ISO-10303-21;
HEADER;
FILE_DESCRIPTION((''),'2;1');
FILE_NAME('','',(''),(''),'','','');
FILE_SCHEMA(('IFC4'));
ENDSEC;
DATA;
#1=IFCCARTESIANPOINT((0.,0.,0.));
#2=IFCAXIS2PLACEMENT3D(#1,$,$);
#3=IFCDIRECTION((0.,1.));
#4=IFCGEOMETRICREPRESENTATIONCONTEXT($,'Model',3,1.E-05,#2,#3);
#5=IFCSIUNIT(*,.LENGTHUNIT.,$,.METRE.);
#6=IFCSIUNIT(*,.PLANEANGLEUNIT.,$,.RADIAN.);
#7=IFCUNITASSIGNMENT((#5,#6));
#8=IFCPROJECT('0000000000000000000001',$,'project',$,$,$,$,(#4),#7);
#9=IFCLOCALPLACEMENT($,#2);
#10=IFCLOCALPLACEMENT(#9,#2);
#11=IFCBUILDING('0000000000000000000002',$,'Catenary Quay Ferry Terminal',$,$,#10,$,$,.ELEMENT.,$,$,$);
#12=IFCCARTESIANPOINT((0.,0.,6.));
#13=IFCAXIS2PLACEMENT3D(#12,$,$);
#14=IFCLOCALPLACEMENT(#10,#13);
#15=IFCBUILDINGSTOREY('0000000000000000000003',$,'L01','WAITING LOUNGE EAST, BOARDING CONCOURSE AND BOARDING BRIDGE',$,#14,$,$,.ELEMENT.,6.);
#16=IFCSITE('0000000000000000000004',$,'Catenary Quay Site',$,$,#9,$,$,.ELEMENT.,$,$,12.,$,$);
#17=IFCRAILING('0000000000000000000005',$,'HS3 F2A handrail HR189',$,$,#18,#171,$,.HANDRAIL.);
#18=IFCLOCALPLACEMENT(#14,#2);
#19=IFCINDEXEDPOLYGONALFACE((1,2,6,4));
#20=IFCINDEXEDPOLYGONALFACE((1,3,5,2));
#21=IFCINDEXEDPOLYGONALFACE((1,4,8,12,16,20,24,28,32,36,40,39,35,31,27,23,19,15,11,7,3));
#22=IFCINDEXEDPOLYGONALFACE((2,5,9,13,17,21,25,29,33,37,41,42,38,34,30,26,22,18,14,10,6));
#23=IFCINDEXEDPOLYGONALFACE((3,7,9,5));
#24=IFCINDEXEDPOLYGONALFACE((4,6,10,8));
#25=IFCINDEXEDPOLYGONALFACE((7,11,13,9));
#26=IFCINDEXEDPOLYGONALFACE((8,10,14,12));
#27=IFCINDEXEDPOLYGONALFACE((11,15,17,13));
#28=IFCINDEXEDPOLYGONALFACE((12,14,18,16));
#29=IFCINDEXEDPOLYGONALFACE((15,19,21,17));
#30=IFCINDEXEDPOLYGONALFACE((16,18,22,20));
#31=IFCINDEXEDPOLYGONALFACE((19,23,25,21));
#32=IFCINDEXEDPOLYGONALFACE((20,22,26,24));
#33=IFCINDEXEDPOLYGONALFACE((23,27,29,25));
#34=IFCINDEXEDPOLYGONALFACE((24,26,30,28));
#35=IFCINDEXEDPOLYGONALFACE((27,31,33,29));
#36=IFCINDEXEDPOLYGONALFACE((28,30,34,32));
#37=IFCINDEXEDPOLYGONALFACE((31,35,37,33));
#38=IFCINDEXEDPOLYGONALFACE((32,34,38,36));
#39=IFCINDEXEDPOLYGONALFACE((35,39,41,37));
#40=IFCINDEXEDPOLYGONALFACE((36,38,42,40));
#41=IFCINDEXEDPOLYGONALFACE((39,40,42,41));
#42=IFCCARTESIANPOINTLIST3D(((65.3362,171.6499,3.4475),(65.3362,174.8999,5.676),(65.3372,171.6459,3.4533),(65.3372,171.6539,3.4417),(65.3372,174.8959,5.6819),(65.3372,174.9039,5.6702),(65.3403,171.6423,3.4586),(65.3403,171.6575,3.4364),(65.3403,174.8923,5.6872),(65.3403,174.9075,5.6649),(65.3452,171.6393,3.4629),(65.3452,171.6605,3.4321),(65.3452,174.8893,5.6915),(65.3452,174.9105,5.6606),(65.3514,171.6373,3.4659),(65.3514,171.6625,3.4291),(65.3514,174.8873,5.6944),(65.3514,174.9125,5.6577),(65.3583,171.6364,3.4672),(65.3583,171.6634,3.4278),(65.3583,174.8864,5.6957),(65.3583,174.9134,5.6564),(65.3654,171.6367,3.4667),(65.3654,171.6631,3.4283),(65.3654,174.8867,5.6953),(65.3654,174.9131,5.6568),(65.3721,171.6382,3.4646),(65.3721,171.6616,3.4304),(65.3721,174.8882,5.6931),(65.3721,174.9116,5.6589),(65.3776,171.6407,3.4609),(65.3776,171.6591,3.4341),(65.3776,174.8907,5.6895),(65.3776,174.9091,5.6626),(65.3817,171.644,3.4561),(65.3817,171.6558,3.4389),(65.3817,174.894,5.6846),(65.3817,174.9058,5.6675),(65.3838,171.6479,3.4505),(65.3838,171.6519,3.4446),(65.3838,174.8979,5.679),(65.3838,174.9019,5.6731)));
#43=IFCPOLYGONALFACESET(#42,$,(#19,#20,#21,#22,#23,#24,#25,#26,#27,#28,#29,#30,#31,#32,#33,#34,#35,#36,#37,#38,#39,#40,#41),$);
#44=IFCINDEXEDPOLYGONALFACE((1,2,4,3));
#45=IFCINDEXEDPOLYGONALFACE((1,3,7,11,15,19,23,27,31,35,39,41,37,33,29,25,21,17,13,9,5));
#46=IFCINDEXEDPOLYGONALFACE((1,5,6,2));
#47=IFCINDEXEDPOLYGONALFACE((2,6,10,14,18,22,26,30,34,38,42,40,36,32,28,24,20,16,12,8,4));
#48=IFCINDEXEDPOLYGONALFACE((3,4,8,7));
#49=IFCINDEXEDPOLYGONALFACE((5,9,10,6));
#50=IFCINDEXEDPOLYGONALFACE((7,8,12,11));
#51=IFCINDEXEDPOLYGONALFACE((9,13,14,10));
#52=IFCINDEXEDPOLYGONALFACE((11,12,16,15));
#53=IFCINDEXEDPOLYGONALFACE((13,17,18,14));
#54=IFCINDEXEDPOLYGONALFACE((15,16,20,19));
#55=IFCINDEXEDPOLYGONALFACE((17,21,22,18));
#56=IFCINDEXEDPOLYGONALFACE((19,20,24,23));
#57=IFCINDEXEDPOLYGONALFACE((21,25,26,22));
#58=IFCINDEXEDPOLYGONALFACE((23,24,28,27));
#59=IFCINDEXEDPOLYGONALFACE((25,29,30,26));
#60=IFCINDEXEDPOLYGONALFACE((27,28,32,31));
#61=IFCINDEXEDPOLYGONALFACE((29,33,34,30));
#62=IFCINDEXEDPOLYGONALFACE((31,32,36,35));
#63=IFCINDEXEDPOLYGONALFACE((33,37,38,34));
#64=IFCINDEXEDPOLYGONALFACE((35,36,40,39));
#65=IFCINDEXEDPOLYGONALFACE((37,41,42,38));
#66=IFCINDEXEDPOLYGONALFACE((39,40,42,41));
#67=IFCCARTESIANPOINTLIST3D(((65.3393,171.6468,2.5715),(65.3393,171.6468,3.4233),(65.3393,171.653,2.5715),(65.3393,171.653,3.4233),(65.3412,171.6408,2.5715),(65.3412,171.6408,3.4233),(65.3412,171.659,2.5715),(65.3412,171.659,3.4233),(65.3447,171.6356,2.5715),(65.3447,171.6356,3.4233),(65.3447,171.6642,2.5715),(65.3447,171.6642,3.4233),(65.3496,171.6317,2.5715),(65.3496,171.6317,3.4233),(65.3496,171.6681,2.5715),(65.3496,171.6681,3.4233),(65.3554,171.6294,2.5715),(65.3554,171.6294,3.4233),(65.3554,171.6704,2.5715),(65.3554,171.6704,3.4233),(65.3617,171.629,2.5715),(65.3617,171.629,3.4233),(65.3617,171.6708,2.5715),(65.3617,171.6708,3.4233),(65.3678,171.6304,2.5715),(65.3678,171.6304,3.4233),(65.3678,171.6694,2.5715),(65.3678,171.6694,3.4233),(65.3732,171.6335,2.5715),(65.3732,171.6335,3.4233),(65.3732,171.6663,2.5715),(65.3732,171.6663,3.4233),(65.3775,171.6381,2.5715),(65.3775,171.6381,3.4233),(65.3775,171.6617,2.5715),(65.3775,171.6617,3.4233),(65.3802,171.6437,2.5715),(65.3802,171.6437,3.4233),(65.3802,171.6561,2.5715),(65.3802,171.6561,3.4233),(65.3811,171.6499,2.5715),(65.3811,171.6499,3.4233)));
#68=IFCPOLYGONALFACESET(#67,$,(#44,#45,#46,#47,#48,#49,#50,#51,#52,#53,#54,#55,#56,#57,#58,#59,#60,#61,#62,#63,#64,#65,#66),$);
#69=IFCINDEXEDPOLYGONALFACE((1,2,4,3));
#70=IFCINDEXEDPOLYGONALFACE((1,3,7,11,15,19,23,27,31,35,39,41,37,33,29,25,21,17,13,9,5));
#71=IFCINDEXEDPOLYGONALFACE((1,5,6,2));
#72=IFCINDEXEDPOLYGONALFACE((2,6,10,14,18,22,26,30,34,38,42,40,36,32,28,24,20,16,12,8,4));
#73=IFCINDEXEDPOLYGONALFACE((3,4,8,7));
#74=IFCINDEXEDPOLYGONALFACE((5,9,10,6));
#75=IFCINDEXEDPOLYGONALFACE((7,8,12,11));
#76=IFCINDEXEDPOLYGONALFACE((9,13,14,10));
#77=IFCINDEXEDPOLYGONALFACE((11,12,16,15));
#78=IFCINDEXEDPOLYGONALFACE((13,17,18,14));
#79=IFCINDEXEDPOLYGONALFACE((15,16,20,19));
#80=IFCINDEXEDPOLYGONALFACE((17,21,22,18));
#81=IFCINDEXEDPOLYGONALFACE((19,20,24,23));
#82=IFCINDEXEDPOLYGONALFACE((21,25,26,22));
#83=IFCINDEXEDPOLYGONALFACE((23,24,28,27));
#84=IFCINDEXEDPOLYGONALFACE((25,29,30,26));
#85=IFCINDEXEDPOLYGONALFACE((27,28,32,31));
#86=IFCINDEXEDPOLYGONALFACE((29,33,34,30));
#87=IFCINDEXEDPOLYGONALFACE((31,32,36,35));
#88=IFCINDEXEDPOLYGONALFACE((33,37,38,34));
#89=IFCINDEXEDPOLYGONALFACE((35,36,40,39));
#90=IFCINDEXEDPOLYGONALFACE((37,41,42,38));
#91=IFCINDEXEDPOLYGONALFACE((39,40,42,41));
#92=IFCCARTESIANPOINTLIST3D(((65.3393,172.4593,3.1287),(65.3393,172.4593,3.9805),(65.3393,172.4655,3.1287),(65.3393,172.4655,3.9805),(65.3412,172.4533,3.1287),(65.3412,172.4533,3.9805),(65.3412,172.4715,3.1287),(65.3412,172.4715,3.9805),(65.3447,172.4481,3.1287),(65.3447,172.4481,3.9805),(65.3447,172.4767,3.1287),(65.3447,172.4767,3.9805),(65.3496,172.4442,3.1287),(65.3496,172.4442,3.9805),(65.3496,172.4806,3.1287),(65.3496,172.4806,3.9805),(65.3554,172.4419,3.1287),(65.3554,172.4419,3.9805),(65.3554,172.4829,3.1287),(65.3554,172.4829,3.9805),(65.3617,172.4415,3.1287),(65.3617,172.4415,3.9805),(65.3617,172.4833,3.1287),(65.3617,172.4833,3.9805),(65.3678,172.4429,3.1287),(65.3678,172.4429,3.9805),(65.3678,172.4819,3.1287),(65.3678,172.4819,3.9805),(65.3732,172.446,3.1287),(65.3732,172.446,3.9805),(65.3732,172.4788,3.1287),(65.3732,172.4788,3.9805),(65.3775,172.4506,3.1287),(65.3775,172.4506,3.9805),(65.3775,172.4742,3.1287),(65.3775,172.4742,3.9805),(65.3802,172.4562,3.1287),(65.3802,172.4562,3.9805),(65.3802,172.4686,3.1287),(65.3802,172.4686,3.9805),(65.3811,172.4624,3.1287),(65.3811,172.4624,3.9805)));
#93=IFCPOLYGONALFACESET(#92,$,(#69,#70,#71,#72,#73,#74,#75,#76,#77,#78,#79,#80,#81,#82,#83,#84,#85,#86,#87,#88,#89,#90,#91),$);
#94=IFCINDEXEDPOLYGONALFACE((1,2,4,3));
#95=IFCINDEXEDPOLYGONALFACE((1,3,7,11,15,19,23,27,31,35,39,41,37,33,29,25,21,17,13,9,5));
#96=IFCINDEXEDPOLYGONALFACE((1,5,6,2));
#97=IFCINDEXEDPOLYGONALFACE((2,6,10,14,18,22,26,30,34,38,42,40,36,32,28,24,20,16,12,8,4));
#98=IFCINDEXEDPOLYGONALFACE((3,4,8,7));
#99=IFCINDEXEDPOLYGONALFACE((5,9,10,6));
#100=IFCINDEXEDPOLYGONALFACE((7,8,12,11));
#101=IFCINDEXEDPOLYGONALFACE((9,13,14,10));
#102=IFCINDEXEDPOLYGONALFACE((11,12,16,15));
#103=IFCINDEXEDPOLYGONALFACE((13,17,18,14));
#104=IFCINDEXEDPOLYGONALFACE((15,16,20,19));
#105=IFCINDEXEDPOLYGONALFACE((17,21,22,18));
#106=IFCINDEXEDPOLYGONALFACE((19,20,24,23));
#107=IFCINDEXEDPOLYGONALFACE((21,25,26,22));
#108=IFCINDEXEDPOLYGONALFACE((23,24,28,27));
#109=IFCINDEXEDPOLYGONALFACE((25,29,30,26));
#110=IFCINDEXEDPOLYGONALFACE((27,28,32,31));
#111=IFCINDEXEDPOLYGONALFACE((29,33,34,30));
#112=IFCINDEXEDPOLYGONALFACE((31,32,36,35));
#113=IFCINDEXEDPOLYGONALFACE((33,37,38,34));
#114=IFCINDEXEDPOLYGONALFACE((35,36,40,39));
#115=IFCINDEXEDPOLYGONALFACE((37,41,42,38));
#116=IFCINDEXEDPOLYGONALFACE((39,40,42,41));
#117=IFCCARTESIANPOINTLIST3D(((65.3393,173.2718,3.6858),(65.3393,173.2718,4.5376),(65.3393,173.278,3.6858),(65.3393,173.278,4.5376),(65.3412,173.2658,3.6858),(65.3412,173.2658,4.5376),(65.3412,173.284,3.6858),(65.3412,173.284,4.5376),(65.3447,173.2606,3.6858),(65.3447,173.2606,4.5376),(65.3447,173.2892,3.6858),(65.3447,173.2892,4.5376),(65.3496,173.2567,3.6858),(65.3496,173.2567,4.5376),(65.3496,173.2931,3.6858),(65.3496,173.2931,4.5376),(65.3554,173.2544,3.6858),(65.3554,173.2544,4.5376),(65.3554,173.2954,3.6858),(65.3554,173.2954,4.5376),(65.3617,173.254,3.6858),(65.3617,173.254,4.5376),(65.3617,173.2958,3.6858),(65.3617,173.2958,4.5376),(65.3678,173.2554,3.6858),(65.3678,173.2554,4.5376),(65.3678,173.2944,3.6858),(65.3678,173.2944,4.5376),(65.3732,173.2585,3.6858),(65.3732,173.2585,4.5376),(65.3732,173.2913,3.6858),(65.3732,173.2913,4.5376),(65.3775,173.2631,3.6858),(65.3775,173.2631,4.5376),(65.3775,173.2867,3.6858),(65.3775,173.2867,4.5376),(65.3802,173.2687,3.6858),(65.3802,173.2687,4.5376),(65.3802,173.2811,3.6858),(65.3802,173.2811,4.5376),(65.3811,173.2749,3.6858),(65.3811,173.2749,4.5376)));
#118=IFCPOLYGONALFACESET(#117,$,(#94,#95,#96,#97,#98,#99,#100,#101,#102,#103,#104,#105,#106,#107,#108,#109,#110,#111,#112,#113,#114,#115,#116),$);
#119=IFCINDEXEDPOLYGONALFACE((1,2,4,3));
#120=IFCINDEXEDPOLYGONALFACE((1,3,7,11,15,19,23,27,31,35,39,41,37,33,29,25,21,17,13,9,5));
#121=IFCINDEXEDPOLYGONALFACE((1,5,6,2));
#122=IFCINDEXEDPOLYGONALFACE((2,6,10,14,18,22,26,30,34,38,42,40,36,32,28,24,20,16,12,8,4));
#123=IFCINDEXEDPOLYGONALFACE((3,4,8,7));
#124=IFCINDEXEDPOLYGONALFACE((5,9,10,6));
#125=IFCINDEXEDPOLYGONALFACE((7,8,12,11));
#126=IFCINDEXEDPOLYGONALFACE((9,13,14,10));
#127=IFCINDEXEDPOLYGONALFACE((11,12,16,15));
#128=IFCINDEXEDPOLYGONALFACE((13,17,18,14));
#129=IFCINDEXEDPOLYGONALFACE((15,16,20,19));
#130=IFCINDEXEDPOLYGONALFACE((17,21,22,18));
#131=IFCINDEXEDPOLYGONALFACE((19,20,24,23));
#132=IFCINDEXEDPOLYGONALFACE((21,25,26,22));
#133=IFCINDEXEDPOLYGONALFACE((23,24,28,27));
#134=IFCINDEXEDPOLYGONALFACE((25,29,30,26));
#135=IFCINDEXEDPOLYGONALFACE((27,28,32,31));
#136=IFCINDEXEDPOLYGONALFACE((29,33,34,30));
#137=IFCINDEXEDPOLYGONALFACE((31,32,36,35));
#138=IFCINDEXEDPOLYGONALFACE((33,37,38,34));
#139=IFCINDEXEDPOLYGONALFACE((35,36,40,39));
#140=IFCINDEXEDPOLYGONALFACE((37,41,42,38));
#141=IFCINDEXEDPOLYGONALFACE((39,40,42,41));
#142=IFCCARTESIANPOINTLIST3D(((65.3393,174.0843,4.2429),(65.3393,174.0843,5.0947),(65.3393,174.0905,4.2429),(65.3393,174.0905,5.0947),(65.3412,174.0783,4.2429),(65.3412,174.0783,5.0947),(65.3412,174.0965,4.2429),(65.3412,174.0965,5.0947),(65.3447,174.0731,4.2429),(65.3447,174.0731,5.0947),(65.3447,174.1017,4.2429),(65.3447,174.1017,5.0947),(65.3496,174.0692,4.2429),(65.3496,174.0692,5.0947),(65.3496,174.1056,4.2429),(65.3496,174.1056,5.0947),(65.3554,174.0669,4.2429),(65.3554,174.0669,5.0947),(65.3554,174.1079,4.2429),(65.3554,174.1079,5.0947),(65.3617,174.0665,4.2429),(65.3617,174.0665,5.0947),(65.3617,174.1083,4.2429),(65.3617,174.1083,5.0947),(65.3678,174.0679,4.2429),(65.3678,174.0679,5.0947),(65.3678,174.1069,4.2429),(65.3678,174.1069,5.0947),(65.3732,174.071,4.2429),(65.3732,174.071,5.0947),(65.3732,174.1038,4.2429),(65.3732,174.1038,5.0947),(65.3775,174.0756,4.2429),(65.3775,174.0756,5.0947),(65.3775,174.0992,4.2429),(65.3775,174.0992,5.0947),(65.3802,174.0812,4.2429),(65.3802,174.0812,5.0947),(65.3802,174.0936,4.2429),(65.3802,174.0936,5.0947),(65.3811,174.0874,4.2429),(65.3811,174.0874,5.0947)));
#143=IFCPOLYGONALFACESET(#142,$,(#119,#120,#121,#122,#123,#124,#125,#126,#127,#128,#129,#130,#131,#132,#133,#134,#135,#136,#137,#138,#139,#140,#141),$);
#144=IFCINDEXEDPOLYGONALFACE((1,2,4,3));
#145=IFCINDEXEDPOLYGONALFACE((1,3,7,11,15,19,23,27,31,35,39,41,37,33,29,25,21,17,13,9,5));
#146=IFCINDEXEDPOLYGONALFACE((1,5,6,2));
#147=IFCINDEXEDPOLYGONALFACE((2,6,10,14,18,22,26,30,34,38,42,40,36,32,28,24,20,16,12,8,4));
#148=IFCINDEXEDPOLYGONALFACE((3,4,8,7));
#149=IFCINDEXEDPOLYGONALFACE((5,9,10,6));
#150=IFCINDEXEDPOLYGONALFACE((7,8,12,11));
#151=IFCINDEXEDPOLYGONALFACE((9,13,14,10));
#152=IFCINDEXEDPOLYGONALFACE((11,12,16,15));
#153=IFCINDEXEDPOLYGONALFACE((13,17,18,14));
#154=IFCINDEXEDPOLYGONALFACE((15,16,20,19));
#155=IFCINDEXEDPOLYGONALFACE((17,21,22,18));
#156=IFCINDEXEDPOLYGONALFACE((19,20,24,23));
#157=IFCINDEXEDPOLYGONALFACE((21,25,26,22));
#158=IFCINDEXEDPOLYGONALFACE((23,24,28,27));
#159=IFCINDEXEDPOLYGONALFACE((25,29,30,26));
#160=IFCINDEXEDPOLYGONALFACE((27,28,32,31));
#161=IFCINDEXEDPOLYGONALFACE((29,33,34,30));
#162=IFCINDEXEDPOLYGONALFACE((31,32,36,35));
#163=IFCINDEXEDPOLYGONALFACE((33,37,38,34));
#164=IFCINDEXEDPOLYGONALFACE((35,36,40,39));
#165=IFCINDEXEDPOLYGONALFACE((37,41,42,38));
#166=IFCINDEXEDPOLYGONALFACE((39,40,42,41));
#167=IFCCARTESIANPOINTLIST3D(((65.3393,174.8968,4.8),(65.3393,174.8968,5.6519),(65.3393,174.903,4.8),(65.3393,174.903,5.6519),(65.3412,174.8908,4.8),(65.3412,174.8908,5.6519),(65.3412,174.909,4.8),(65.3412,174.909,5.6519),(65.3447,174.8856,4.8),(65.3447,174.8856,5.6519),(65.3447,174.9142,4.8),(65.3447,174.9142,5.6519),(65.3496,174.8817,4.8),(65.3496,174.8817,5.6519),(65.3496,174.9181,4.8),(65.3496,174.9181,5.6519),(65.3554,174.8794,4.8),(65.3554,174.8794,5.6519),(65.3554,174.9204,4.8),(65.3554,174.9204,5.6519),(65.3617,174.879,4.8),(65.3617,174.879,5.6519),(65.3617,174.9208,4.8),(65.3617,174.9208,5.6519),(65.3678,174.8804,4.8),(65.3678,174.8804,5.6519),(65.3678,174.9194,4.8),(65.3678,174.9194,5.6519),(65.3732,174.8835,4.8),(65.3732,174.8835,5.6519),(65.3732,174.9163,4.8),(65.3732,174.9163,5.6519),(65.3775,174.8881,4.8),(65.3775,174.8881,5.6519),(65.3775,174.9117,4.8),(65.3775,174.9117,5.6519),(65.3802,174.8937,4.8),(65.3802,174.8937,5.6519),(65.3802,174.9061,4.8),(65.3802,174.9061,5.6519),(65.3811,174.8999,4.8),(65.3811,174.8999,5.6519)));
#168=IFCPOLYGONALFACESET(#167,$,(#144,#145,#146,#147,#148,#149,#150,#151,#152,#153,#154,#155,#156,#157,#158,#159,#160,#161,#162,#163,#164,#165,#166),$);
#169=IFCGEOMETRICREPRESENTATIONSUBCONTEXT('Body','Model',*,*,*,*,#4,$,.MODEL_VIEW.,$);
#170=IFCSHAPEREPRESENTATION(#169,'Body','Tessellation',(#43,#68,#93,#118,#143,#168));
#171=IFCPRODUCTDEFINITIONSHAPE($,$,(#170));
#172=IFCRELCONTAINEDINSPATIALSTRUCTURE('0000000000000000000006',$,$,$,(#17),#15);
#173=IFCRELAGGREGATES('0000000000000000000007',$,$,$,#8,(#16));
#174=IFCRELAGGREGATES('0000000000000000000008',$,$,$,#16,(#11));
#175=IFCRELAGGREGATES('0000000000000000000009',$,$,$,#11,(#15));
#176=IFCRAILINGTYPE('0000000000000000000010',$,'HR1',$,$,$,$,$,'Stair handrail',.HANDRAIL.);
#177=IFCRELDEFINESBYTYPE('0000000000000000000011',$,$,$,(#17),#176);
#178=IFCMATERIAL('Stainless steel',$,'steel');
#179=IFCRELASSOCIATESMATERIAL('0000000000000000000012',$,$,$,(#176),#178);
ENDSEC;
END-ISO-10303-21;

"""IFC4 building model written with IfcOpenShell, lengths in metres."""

from ifc_helpers import new_model, si_unit, direction, frame, origin, origin_2d, place, context, subcontext, project, spatial, circle, extrude, material, type_object, element, save


model = new_model("IFC4")

# Units and contexts
model_context = context("Model", 3, precision=1e-05, world=origin(), true_north=direction((0.0, 1.0)))
body_context = subcontext(model_context, "Body", "Model", "MODEL_VIEW")
ifc_project = project(units=[si_unit("LENGTHUNIT", "METRE"), si_unit("PLANEANGLEUNIT", "RADIAN")], contexts=[model_context])

# Site, building, storey
site_placement = place(None, origin())
site = spatial("IfcSite", under=ifc_project, at=site_placement, Name="Catenary Quay Site", CompositionType="ELEMENT", RefElevation=12.0)
building_placement = place(site_placement, origin())
building = spatial("IfcBuilding", under=site, at=building_placement, Name="Catenary Quay Ferry Terminal", CompositionType="ELEMENT")
storey_placement = place(building_placement, frame((0.0, 0.0, 6.0)))
storey = spatial("IfcBuildingStorey", under=building, at=storey_placement, Name="L01", Description="WAITING LOUNGE EAST, BOARDING CONCOURSE AND BOARDING BRIDGE", CompositionType="ELEMENT", Elevation=6.0)

# Railing
ifc_material_1 = material(Name="Stainless steel", Category="steel")
railing_type_1 = type_object("IfcRailingType", Name="HR1", ElementType="Stair handrail", PredefinedType="HANDRAIL", material=ifc_material_1)
for number, where, name in (
    (1, (65.3601, 171.6499, 2.5715), "HS3 F2A handrail HR189"),
):
    element("IfcRailing", number, at=place(storey_placement, frame(where)), inside=storey, type_object=railing_type_1, Name=name, PredefinedType="HANDRAIL", context=body_context, shape_type="SweptSolid", body=[
        extrude(circle(Radius=0.0239, at=origin_2d()), frame((0.0, 0.0, 0.876), z_axis=(0.0, 0.824735, 0.565519), x_axis=(-1.0, 0.0, 0.0)), (0.0, 0.0, 1.0), 3.9407),
        extrude(circle(Radius=0.021, at=origin_2d()), origin(), (0.0, 0.0, 1.0), 0.8518),
        extrude(circle(Radius=0.021, at=origin_2d()), frame((0.0, 0.8125, 0.5571)), (0.0, 0.0, 1.0), 0.8518),
        extrude(circle(Radius=0.021, at=origin_2d()), frame((0.0, 1.625, 1.1143)), (0.0, 0.0, 1.0), 0.8518),
        extrude(circle(Radius=0.021, at=origin_2d()), frame((0.0, 2.4375, 1.6714)), (0.0, 0.0, 1.0), 0.8518),
        extrude(circle(Radius=0.021, at=origin_2d()), frame((0.0, 3.25, 2.2285)), (0.0, 0.0, 1.0), 0.8518),
    ])

save(model, "model.ifc")
